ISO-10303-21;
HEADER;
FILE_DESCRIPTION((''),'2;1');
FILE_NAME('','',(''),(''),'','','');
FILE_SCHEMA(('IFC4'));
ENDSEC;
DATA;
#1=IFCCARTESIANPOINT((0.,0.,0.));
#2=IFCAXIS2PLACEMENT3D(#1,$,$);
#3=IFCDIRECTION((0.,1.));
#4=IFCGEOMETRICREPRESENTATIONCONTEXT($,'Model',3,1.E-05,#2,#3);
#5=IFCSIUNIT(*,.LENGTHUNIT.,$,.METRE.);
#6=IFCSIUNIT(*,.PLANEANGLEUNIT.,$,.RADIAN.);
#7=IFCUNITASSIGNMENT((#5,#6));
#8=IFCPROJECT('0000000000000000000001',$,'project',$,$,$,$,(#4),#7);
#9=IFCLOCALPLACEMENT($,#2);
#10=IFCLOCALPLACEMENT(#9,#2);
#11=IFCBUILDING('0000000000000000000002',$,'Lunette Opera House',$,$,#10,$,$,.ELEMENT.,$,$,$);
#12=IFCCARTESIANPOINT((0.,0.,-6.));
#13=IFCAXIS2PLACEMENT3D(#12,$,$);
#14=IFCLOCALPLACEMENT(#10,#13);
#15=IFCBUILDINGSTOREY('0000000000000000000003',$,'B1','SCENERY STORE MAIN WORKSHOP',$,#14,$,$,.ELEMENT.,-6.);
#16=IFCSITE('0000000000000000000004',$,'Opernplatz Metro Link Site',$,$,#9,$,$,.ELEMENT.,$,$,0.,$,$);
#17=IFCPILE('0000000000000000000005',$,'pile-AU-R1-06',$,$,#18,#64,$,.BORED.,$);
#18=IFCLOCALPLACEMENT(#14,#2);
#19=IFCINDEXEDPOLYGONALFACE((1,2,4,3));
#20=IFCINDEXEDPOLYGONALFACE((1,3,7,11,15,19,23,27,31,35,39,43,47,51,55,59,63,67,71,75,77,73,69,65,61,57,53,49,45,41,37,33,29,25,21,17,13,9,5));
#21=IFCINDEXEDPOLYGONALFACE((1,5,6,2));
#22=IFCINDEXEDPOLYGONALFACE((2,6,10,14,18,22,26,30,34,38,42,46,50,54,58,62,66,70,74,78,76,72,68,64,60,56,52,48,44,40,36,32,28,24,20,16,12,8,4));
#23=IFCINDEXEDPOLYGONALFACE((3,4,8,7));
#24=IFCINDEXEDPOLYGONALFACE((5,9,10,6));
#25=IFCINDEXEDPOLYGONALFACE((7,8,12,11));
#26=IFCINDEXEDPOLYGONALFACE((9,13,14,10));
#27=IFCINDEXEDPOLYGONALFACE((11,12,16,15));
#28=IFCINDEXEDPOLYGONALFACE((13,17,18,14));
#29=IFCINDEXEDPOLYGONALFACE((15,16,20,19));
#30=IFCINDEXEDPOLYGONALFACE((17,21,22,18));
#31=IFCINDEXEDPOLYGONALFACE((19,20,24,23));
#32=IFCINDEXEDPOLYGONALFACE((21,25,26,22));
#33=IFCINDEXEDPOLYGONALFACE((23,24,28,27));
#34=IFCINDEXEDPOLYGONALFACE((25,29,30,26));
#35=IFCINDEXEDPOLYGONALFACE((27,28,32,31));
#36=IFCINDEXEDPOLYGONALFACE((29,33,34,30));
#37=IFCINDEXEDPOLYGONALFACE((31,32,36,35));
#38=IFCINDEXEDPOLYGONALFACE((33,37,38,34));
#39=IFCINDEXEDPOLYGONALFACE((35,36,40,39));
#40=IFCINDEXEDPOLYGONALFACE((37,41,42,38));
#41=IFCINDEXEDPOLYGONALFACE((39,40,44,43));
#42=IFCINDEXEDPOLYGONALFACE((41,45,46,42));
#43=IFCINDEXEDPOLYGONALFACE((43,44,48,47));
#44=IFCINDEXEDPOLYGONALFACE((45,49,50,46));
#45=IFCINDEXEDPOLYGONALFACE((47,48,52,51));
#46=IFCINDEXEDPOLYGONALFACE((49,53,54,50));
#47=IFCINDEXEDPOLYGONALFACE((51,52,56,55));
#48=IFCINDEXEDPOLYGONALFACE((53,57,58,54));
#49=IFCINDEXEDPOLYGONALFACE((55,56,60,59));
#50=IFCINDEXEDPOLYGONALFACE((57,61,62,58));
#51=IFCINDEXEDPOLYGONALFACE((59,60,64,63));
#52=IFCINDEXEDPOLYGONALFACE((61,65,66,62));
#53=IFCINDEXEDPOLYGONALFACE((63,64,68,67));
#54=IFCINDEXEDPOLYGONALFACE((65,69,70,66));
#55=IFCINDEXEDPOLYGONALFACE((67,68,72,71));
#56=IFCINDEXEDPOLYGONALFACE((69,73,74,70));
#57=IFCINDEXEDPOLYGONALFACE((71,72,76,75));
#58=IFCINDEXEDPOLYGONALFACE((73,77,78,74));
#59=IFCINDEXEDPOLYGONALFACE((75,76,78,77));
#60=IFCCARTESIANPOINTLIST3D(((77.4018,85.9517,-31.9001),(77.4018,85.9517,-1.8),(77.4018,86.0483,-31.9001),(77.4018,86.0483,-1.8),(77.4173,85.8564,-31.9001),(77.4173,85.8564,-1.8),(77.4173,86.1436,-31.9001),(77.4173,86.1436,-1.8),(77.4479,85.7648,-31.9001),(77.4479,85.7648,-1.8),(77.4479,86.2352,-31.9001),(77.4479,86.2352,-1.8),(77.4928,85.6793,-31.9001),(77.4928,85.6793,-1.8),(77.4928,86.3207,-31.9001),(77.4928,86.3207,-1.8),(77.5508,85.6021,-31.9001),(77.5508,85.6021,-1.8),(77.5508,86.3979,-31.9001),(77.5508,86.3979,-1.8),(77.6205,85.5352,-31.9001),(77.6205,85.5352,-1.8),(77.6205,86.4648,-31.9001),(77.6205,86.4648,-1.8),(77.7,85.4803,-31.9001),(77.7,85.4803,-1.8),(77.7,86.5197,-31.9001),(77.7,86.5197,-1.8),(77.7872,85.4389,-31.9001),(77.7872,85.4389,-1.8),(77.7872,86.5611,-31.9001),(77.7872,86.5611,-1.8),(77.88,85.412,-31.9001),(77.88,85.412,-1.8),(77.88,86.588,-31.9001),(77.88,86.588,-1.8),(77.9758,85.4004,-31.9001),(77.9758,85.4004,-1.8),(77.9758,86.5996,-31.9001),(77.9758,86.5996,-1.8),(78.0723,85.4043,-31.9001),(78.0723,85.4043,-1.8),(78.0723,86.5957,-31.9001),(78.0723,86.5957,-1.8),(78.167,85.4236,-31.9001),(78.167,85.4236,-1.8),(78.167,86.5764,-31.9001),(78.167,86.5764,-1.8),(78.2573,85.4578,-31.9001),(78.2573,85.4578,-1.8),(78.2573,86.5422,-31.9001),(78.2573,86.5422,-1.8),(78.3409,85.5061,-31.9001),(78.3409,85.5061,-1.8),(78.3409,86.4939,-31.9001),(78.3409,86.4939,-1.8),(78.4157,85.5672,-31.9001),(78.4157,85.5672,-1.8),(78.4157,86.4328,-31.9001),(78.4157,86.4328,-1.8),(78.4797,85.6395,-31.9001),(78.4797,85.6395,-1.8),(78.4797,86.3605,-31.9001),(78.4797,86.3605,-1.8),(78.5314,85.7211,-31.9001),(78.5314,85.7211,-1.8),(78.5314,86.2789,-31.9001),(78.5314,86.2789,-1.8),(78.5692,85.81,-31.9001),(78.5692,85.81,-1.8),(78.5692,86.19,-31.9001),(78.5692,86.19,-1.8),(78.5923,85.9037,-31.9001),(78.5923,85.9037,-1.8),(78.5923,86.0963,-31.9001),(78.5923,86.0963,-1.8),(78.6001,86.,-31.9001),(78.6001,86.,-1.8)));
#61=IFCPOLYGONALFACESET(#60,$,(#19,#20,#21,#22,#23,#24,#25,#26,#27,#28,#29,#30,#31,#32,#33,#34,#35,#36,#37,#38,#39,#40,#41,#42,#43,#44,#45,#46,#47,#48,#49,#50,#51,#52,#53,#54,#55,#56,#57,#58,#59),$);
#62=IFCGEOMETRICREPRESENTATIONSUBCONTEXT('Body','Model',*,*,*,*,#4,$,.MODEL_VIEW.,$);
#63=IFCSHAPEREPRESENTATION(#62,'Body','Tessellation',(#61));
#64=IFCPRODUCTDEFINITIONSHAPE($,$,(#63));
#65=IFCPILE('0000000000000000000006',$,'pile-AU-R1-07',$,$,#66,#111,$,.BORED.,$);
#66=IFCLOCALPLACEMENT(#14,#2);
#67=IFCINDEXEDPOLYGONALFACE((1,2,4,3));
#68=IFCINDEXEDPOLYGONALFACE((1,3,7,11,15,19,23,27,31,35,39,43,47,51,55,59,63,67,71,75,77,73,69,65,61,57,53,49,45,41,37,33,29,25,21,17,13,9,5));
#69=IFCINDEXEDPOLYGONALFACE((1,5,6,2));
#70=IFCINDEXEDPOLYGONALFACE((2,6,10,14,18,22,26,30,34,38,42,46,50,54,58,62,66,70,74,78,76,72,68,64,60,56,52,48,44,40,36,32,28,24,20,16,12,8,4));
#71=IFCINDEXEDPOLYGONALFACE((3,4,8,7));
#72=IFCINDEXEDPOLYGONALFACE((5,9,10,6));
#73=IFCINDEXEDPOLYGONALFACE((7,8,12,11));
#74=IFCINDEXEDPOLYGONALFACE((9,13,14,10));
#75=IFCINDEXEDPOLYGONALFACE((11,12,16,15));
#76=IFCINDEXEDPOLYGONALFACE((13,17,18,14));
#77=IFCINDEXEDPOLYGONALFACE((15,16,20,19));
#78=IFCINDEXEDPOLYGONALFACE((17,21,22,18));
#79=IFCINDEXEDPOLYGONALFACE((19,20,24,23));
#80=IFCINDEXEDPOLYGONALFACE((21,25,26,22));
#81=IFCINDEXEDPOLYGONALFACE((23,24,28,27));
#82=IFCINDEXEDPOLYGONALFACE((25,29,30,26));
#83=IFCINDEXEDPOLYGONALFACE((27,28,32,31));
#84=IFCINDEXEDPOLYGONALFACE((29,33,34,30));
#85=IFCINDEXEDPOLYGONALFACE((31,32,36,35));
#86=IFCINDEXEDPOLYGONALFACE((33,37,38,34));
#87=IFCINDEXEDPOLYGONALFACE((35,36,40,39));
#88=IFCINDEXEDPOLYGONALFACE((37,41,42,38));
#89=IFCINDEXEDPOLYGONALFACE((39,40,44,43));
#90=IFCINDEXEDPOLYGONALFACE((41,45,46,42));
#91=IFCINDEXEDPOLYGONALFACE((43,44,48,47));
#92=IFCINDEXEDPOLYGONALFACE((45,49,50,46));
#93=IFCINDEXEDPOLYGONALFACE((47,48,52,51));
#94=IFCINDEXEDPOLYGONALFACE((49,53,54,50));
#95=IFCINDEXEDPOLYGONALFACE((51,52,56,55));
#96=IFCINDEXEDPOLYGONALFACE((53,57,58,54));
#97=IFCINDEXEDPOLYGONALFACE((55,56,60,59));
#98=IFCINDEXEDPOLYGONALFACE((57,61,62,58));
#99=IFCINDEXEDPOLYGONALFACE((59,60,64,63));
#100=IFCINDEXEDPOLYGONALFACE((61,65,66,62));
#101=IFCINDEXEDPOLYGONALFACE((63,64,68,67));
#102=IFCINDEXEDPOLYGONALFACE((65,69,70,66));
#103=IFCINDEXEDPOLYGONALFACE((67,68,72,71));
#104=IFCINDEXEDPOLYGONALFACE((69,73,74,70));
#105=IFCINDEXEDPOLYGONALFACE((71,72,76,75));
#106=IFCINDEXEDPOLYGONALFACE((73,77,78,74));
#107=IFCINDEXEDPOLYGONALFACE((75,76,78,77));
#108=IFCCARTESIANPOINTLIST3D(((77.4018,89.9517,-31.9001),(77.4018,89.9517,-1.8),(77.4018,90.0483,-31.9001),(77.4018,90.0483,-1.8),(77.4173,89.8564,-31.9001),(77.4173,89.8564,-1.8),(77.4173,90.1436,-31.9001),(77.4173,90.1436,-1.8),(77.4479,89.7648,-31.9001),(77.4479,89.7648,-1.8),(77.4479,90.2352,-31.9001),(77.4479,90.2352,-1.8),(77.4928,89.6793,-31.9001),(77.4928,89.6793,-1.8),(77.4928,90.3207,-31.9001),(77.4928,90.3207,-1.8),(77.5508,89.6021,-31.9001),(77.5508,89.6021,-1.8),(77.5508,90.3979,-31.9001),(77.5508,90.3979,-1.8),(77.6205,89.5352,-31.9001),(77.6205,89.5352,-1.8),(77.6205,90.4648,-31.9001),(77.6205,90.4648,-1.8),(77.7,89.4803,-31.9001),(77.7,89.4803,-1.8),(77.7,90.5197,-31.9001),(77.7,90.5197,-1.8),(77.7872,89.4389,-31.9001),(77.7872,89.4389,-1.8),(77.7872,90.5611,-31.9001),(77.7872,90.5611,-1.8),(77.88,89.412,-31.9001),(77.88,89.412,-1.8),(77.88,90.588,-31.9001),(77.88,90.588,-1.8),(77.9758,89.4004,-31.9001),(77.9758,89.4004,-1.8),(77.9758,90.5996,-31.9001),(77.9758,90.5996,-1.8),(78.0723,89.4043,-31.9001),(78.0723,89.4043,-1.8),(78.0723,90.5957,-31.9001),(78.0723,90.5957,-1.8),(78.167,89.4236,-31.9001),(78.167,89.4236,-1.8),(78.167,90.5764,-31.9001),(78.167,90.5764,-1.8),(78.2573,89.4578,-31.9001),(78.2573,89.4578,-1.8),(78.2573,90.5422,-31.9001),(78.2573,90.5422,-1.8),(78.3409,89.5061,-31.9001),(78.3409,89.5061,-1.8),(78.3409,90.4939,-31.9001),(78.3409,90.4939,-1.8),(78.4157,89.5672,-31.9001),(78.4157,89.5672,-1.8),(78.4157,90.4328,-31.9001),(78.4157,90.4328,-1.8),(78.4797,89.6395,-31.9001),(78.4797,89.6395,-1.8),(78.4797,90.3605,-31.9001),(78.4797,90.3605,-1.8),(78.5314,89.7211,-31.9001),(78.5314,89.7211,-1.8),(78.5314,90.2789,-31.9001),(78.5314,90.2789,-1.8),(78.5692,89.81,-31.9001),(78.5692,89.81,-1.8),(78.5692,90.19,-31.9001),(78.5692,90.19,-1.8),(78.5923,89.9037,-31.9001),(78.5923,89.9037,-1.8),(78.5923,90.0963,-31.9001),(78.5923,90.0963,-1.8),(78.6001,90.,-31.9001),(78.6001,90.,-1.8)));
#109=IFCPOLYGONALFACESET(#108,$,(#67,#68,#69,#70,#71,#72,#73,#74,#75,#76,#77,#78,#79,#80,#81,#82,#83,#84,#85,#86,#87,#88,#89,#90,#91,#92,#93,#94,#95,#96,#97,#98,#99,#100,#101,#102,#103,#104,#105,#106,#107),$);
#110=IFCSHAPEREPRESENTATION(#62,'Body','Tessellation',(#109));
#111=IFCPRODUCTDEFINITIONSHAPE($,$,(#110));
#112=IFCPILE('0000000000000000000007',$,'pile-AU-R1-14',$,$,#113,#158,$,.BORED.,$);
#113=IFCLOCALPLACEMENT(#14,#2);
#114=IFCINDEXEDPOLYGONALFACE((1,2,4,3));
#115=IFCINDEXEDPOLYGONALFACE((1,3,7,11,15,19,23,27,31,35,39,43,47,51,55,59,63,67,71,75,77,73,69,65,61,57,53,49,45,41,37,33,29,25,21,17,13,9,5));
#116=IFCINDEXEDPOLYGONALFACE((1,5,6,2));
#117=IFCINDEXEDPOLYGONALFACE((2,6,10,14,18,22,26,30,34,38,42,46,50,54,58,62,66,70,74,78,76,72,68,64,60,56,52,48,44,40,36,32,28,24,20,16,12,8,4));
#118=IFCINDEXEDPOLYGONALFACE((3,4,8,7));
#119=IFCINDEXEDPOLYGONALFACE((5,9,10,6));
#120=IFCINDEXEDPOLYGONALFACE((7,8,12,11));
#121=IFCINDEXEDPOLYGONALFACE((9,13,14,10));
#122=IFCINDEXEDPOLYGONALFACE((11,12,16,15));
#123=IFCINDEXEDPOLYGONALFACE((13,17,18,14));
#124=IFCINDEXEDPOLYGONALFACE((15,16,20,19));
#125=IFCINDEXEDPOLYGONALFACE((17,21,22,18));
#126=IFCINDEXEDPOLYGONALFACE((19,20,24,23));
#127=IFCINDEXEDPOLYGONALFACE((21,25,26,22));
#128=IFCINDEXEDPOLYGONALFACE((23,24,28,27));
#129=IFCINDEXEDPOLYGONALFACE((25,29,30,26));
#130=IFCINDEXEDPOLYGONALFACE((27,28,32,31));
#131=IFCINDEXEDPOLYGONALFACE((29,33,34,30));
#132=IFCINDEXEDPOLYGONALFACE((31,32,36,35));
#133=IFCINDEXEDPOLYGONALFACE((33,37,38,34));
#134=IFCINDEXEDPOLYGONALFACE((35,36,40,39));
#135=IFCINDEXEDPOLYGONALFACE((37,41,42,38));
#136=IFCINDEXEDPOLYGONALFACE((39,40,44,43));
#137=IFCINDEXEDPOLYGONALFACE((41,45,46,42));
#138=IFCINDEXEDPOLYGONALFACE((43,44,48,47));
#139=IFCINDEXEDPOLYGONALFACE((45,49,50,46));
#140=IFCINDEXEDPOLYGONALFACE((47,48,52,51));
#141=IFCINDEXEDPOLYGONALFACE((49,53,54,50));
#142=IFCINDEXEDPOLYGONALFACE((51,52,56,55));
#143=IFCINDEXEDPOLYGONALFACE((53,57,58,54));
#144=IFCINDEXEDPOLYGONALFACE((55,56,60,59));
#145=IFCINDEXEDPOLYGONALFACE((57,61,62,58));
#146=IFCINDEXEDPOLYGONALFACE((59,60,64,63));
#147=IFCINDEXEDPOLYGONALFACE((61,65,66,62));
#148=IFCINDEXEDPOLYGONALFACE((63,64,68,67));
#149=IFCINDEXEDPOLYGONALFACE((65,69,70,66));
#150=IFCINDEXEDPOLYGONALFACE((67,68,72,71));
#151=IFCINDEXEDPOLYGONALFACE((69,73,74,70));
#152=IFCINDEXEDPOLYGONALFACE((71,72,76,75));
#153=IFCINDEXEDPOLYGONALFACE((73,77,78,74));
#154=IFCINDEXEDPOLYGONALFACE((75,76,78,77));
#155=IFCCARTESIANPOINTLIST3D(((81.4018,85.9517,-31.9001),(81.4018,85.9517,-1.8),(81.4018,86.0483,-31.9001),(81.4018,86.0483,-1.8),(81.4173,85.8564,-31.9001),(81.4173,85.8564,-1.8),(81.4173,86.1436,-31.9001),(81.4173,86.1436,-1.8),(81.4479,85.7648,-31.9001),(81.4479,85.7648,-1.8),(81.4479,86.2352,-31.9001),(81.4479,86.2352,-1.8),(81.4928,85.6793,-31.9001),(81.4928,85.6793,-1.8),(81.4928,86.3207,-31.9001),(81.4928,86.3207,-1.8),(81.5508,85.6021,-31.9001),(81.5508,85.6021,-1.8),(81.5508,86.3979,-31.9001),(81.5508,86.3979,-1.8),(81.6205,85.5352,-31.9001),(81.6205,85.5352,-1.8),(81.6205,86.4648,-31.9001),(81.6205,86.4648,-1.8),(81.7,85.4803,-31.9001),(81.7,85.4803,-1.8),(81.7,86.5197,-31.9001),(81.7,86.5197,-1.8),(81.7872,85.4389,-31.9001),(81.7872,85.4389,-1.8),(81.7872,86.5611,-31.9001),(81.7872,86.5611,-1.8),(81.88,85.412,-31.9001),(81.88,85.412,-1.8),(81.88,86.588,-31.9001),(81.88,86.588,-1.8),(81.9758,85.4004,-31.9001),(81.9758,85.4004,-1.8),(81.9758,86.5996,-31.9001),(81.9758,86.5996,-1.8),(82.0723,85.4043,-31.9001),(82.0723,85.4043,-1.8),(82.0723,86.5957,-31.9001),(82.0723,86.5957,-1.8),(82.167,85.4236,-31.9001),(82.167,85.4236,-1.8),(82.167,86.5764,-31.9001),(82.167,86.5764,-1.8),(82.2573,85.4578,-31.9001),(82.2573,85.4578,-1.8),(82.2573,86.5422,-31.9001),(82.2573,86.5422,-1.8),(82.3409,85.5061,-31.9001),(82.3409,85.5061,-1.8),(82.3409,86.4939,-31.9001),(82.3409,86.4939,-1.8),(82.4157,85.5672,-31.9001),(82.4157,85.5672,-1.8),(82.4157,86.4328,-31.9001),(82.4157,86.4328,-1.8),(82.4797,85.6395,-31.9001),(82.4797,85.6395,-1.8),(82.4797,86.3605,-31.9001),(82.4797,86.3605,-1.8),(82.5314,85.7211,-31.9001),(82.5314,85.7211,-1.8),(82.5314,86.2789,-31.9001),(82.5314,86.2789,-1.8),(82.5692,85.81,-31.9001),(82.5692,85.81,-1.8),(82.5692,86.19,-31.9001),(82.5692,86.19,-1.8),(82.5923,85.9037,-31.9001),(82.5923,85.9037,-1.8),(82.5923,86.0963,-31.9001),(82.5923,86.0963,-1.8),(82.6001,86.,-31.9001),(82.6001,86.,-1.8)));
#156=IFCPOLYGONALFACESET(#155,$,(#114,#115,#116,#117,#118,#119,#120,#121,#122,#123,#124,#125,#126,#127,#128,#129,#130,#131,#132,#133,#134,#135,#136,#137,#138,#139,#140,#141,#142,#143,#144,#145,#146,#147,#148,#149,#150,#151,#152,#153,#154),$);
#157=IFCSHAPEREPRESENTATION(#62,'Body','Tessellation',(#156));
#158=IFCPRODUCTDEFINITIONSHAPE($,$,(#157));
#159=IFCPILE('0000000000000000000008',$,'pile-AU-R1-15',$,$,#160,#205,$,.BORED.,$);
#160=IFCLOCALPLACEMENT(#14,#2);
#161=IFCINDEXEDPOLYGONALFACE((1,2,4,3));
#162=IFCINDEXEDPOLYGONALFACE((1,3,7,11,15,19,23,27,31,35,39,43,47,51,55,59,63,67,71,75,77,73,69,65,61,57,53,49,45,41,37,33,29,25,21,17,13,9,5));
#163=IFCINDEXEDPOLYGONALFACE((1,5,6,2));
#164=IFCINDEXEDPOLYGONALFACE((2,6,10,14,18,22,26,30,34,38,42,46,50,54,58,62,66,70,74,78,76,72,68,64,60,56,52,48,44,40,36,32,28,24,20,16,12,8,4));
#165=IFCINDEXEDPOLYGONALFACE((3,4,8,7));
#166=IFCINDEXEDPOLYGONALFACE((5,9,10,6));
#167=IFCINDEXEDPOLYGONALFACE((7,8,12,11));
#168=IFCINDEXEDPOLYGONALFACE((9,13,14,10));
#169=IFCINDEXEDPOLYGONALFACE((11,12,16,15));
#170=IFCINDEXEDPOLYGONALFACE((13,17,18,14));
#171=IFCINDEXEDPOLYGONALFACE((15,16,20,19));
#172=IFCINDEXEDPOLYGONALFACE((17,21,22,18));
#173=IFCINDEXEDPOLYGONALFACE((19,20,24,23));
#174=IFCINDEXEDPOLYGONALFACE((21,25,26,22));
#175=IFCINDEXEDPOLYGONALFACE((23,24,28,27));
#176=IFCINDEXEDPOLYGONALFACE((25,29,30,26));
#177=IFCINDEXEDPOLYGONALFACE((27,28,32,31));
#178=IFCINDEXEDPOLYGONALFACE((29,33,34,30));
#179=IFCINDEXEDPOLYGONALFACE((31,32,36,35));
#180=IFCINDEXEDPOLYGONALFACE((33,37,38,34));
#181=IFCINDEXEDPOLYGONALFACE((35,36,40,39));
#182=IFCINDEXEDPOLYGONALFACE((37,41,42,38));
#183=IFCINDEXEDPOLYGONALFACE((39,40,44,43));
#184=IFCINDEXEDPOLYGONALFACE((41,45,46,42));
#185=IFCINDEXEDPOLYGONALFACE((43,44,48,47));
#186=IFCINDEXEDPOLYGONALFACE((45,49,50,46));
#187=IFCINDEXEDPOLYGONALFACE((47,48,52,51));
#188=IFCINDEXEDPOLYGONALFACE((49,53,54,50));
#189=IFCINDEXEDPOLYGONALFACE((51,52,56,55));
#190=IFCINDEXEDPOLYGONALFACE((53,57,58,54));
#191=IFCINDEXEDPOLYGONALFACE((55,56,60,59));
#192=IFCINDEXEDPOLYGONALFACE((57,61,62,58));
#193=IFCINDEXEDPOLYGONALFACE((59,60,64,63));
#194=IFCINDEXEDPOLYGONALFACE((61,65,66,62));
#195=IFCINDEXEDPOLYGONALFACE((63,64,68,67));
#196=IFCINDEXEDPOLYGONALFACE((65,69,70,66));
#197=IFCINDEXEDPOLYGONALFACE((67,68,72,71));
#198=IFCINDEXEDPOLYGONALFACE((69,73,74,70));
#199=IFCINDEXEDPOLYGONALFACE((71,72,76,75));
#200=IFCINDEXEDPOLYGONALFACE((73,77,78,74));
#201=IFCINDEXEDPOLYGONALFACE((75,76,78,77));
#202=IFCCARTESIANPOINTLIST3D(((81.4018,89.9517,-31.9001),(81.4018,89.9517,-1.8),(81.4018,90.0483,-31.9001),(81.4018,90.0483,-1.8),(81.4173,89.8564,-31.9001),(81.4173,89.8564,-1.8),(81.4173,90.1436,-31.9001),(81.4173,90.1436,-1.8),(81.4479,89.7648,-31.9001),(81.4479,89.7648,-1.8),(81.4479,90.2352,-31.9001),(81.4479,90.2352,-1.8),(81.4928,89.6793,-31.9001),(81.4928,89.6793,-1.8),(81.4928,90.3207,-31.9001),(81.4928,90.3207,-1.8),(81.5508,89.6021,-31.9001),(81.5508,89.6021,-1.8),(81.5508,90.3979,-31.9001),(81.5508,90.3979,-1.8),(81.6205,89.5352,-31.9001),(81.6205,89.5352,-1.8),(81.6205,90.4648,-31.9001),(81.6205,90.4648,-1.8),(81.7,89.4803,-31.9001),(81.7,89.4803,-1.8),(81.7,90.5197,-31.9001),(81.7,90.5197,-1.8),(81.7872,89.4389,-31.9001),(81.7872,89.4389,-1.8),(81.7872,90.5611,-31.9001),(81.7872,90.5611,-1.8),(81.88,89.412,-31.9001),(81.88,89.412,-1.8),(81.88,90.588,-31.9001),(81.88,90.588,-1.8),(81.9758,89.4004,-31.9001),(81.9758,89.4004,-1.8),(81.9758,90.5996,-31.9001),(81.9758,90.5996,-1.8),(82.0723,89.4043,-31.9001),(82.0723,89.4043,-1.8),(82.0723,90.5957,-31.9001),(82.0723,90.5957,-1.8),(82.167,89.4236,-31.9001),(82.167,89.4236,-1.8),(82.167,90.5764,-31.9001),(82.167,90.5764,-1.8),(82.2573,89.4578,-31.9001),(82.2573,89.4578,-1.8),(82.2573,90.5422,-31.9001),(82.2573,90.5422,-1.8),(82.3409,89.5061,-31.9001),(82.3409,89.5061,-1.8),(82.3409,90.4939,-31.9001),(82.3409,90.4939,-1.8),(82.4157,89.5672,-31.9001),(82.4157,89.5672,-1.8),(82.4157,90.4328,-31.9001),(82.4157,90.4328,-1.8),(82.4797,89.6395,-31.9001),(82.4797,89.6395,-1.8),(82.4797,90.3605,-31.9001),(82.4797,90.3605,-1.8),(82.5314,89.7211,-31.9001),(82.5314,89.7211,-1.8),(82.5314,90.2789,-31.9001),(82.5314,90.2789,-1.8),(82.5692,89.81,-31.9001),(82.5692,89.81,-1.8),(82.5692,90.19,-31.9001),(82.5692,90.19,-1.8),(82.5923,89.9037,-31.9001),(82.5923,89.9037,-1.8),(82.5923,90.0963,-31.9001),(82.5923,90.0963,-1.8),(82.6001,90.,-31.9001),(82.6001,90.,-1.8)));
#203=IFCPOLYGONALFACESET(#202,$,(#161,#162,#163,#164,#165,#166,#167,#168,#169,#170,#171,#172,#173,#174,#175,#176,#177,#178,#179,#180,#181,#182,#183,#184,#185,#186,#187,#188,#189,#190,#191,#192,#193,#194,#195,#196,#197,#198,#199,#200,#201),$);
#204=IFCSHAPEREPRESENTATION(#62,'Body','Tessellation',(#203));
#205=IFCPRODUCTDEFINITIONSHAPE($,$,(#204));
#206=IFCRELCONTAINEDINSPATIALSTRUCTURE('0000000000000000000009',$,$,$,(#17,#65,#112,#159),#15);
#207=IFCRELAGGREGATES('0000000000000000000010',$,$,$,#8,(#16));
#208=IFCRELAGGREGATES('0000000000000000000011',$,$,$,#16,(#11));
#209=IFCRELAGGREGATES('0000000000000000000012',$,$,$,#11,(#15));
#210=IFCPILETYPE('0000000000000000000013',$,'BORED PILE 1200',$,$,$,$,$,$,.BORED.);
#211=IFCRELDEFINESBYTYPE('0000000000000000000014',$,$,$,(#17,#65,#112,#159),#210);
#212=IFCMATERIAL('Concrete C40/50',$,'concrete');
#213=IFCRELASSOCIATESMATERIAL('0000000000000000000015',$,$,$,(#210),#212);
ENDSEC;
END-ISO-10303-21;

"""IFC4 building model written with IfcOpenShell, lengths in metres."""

from ifc_helpers import new_model, si_unit, direction, frame, origin, origin_2d, place, context, subcontext, project, spatial, circle, extrude, material, material_profile, profile_set, type_object, element, save


model = new_model("IFC4")

# Units and contexts
model_context = context("Model", 3, precision=1e-05, world=origin(), true_north=direction((0.0, 1.0)))
body_context = subcontext(model_context, "Body", "Model", "MODEL_VIEW")
ifc_project = project(units=[si_unit("LENGTHUNIT", "METRE"), si_unit("PLANEANGLEUNIT", "RADIAN")], contexts=[model_context])

# Site, building, storey
site_placement = place(None, origin())
site = spatial("IfcSite", under=ifc_project, at=site_placement, Name="Opernplatz Metro Link Site", CompositionType="ELEMENT", RefElevation=0.0)
building_placement = place(site_placement, origin())
building = spatial("IfcBuilding", under=site, at=building_placement, Name="Lunette Opera House", CompositionType="ELEMENT")
storey_placement = place(building_placement, frame((0.0, 0.0, -6.0)))
storey = spatial("IfcBuildingStorey", under=building, at=storey_placement, Name="B1", Description="SCENERY STORE MAIN WORKSHOP", CompositionType="ELEMENT", Elevation=-6.0)

# Piles
ifc_material_1 = material(Name="Concrete C40/50", Category="concrete")
ifc_material_profile_1 = material_profile(ifc_material_1, circle(Radius=0.6001, at=origin_2d()), Name="BORED PILE 1200")
ifc_profile_set_1 = profile_set([ifc_material_profile_1], Name="Concrete C40/50")
pile_type = type_object("IfcPileType", Name="BORED PILE 1200", PredefinedType="BORED", material=ifc_profile_set_1)
for number, where, z_axis, x_axis, name in (
    (1, (78.0, 86.0, -1.8), (0.0, 0.0, -1.0), (1.0, 0.0, 0.0), "pile-AU-R1-06"),
    (2, (78.0, 90.0, -1.8), (0.0, 0.0, -1.0), (1.0, 0.0, 0.0), "pile-AU-R1-07"),
    (3, (82.0, 86.0, -1.8), (0.0, 0.0, -1.0), (1.0, 0.0, 0.0), "pile-AU-R1-14"),
    (4, (82.0, 90.0, -1.8), (0.0, 0.0, -1.0), (1.0, 0.0, 0.0), "pile-AU-R1-15"),
):
    element("IfcPile", number, at=place(storey_placement, frame(where, z_axis=z_axis, x_axis=x_axis)), inside=storey, type_object=pile_type, Name=name, PredefinedType="BORED", context=body_context, shape_type="SweptSolid", body=[
        extrude(circle(Radius=0.6001, at=origin_2d()), origin(), (0.0, 0.0, 1.0), 30.1001),
    ])

save(model, "model.ifc")
